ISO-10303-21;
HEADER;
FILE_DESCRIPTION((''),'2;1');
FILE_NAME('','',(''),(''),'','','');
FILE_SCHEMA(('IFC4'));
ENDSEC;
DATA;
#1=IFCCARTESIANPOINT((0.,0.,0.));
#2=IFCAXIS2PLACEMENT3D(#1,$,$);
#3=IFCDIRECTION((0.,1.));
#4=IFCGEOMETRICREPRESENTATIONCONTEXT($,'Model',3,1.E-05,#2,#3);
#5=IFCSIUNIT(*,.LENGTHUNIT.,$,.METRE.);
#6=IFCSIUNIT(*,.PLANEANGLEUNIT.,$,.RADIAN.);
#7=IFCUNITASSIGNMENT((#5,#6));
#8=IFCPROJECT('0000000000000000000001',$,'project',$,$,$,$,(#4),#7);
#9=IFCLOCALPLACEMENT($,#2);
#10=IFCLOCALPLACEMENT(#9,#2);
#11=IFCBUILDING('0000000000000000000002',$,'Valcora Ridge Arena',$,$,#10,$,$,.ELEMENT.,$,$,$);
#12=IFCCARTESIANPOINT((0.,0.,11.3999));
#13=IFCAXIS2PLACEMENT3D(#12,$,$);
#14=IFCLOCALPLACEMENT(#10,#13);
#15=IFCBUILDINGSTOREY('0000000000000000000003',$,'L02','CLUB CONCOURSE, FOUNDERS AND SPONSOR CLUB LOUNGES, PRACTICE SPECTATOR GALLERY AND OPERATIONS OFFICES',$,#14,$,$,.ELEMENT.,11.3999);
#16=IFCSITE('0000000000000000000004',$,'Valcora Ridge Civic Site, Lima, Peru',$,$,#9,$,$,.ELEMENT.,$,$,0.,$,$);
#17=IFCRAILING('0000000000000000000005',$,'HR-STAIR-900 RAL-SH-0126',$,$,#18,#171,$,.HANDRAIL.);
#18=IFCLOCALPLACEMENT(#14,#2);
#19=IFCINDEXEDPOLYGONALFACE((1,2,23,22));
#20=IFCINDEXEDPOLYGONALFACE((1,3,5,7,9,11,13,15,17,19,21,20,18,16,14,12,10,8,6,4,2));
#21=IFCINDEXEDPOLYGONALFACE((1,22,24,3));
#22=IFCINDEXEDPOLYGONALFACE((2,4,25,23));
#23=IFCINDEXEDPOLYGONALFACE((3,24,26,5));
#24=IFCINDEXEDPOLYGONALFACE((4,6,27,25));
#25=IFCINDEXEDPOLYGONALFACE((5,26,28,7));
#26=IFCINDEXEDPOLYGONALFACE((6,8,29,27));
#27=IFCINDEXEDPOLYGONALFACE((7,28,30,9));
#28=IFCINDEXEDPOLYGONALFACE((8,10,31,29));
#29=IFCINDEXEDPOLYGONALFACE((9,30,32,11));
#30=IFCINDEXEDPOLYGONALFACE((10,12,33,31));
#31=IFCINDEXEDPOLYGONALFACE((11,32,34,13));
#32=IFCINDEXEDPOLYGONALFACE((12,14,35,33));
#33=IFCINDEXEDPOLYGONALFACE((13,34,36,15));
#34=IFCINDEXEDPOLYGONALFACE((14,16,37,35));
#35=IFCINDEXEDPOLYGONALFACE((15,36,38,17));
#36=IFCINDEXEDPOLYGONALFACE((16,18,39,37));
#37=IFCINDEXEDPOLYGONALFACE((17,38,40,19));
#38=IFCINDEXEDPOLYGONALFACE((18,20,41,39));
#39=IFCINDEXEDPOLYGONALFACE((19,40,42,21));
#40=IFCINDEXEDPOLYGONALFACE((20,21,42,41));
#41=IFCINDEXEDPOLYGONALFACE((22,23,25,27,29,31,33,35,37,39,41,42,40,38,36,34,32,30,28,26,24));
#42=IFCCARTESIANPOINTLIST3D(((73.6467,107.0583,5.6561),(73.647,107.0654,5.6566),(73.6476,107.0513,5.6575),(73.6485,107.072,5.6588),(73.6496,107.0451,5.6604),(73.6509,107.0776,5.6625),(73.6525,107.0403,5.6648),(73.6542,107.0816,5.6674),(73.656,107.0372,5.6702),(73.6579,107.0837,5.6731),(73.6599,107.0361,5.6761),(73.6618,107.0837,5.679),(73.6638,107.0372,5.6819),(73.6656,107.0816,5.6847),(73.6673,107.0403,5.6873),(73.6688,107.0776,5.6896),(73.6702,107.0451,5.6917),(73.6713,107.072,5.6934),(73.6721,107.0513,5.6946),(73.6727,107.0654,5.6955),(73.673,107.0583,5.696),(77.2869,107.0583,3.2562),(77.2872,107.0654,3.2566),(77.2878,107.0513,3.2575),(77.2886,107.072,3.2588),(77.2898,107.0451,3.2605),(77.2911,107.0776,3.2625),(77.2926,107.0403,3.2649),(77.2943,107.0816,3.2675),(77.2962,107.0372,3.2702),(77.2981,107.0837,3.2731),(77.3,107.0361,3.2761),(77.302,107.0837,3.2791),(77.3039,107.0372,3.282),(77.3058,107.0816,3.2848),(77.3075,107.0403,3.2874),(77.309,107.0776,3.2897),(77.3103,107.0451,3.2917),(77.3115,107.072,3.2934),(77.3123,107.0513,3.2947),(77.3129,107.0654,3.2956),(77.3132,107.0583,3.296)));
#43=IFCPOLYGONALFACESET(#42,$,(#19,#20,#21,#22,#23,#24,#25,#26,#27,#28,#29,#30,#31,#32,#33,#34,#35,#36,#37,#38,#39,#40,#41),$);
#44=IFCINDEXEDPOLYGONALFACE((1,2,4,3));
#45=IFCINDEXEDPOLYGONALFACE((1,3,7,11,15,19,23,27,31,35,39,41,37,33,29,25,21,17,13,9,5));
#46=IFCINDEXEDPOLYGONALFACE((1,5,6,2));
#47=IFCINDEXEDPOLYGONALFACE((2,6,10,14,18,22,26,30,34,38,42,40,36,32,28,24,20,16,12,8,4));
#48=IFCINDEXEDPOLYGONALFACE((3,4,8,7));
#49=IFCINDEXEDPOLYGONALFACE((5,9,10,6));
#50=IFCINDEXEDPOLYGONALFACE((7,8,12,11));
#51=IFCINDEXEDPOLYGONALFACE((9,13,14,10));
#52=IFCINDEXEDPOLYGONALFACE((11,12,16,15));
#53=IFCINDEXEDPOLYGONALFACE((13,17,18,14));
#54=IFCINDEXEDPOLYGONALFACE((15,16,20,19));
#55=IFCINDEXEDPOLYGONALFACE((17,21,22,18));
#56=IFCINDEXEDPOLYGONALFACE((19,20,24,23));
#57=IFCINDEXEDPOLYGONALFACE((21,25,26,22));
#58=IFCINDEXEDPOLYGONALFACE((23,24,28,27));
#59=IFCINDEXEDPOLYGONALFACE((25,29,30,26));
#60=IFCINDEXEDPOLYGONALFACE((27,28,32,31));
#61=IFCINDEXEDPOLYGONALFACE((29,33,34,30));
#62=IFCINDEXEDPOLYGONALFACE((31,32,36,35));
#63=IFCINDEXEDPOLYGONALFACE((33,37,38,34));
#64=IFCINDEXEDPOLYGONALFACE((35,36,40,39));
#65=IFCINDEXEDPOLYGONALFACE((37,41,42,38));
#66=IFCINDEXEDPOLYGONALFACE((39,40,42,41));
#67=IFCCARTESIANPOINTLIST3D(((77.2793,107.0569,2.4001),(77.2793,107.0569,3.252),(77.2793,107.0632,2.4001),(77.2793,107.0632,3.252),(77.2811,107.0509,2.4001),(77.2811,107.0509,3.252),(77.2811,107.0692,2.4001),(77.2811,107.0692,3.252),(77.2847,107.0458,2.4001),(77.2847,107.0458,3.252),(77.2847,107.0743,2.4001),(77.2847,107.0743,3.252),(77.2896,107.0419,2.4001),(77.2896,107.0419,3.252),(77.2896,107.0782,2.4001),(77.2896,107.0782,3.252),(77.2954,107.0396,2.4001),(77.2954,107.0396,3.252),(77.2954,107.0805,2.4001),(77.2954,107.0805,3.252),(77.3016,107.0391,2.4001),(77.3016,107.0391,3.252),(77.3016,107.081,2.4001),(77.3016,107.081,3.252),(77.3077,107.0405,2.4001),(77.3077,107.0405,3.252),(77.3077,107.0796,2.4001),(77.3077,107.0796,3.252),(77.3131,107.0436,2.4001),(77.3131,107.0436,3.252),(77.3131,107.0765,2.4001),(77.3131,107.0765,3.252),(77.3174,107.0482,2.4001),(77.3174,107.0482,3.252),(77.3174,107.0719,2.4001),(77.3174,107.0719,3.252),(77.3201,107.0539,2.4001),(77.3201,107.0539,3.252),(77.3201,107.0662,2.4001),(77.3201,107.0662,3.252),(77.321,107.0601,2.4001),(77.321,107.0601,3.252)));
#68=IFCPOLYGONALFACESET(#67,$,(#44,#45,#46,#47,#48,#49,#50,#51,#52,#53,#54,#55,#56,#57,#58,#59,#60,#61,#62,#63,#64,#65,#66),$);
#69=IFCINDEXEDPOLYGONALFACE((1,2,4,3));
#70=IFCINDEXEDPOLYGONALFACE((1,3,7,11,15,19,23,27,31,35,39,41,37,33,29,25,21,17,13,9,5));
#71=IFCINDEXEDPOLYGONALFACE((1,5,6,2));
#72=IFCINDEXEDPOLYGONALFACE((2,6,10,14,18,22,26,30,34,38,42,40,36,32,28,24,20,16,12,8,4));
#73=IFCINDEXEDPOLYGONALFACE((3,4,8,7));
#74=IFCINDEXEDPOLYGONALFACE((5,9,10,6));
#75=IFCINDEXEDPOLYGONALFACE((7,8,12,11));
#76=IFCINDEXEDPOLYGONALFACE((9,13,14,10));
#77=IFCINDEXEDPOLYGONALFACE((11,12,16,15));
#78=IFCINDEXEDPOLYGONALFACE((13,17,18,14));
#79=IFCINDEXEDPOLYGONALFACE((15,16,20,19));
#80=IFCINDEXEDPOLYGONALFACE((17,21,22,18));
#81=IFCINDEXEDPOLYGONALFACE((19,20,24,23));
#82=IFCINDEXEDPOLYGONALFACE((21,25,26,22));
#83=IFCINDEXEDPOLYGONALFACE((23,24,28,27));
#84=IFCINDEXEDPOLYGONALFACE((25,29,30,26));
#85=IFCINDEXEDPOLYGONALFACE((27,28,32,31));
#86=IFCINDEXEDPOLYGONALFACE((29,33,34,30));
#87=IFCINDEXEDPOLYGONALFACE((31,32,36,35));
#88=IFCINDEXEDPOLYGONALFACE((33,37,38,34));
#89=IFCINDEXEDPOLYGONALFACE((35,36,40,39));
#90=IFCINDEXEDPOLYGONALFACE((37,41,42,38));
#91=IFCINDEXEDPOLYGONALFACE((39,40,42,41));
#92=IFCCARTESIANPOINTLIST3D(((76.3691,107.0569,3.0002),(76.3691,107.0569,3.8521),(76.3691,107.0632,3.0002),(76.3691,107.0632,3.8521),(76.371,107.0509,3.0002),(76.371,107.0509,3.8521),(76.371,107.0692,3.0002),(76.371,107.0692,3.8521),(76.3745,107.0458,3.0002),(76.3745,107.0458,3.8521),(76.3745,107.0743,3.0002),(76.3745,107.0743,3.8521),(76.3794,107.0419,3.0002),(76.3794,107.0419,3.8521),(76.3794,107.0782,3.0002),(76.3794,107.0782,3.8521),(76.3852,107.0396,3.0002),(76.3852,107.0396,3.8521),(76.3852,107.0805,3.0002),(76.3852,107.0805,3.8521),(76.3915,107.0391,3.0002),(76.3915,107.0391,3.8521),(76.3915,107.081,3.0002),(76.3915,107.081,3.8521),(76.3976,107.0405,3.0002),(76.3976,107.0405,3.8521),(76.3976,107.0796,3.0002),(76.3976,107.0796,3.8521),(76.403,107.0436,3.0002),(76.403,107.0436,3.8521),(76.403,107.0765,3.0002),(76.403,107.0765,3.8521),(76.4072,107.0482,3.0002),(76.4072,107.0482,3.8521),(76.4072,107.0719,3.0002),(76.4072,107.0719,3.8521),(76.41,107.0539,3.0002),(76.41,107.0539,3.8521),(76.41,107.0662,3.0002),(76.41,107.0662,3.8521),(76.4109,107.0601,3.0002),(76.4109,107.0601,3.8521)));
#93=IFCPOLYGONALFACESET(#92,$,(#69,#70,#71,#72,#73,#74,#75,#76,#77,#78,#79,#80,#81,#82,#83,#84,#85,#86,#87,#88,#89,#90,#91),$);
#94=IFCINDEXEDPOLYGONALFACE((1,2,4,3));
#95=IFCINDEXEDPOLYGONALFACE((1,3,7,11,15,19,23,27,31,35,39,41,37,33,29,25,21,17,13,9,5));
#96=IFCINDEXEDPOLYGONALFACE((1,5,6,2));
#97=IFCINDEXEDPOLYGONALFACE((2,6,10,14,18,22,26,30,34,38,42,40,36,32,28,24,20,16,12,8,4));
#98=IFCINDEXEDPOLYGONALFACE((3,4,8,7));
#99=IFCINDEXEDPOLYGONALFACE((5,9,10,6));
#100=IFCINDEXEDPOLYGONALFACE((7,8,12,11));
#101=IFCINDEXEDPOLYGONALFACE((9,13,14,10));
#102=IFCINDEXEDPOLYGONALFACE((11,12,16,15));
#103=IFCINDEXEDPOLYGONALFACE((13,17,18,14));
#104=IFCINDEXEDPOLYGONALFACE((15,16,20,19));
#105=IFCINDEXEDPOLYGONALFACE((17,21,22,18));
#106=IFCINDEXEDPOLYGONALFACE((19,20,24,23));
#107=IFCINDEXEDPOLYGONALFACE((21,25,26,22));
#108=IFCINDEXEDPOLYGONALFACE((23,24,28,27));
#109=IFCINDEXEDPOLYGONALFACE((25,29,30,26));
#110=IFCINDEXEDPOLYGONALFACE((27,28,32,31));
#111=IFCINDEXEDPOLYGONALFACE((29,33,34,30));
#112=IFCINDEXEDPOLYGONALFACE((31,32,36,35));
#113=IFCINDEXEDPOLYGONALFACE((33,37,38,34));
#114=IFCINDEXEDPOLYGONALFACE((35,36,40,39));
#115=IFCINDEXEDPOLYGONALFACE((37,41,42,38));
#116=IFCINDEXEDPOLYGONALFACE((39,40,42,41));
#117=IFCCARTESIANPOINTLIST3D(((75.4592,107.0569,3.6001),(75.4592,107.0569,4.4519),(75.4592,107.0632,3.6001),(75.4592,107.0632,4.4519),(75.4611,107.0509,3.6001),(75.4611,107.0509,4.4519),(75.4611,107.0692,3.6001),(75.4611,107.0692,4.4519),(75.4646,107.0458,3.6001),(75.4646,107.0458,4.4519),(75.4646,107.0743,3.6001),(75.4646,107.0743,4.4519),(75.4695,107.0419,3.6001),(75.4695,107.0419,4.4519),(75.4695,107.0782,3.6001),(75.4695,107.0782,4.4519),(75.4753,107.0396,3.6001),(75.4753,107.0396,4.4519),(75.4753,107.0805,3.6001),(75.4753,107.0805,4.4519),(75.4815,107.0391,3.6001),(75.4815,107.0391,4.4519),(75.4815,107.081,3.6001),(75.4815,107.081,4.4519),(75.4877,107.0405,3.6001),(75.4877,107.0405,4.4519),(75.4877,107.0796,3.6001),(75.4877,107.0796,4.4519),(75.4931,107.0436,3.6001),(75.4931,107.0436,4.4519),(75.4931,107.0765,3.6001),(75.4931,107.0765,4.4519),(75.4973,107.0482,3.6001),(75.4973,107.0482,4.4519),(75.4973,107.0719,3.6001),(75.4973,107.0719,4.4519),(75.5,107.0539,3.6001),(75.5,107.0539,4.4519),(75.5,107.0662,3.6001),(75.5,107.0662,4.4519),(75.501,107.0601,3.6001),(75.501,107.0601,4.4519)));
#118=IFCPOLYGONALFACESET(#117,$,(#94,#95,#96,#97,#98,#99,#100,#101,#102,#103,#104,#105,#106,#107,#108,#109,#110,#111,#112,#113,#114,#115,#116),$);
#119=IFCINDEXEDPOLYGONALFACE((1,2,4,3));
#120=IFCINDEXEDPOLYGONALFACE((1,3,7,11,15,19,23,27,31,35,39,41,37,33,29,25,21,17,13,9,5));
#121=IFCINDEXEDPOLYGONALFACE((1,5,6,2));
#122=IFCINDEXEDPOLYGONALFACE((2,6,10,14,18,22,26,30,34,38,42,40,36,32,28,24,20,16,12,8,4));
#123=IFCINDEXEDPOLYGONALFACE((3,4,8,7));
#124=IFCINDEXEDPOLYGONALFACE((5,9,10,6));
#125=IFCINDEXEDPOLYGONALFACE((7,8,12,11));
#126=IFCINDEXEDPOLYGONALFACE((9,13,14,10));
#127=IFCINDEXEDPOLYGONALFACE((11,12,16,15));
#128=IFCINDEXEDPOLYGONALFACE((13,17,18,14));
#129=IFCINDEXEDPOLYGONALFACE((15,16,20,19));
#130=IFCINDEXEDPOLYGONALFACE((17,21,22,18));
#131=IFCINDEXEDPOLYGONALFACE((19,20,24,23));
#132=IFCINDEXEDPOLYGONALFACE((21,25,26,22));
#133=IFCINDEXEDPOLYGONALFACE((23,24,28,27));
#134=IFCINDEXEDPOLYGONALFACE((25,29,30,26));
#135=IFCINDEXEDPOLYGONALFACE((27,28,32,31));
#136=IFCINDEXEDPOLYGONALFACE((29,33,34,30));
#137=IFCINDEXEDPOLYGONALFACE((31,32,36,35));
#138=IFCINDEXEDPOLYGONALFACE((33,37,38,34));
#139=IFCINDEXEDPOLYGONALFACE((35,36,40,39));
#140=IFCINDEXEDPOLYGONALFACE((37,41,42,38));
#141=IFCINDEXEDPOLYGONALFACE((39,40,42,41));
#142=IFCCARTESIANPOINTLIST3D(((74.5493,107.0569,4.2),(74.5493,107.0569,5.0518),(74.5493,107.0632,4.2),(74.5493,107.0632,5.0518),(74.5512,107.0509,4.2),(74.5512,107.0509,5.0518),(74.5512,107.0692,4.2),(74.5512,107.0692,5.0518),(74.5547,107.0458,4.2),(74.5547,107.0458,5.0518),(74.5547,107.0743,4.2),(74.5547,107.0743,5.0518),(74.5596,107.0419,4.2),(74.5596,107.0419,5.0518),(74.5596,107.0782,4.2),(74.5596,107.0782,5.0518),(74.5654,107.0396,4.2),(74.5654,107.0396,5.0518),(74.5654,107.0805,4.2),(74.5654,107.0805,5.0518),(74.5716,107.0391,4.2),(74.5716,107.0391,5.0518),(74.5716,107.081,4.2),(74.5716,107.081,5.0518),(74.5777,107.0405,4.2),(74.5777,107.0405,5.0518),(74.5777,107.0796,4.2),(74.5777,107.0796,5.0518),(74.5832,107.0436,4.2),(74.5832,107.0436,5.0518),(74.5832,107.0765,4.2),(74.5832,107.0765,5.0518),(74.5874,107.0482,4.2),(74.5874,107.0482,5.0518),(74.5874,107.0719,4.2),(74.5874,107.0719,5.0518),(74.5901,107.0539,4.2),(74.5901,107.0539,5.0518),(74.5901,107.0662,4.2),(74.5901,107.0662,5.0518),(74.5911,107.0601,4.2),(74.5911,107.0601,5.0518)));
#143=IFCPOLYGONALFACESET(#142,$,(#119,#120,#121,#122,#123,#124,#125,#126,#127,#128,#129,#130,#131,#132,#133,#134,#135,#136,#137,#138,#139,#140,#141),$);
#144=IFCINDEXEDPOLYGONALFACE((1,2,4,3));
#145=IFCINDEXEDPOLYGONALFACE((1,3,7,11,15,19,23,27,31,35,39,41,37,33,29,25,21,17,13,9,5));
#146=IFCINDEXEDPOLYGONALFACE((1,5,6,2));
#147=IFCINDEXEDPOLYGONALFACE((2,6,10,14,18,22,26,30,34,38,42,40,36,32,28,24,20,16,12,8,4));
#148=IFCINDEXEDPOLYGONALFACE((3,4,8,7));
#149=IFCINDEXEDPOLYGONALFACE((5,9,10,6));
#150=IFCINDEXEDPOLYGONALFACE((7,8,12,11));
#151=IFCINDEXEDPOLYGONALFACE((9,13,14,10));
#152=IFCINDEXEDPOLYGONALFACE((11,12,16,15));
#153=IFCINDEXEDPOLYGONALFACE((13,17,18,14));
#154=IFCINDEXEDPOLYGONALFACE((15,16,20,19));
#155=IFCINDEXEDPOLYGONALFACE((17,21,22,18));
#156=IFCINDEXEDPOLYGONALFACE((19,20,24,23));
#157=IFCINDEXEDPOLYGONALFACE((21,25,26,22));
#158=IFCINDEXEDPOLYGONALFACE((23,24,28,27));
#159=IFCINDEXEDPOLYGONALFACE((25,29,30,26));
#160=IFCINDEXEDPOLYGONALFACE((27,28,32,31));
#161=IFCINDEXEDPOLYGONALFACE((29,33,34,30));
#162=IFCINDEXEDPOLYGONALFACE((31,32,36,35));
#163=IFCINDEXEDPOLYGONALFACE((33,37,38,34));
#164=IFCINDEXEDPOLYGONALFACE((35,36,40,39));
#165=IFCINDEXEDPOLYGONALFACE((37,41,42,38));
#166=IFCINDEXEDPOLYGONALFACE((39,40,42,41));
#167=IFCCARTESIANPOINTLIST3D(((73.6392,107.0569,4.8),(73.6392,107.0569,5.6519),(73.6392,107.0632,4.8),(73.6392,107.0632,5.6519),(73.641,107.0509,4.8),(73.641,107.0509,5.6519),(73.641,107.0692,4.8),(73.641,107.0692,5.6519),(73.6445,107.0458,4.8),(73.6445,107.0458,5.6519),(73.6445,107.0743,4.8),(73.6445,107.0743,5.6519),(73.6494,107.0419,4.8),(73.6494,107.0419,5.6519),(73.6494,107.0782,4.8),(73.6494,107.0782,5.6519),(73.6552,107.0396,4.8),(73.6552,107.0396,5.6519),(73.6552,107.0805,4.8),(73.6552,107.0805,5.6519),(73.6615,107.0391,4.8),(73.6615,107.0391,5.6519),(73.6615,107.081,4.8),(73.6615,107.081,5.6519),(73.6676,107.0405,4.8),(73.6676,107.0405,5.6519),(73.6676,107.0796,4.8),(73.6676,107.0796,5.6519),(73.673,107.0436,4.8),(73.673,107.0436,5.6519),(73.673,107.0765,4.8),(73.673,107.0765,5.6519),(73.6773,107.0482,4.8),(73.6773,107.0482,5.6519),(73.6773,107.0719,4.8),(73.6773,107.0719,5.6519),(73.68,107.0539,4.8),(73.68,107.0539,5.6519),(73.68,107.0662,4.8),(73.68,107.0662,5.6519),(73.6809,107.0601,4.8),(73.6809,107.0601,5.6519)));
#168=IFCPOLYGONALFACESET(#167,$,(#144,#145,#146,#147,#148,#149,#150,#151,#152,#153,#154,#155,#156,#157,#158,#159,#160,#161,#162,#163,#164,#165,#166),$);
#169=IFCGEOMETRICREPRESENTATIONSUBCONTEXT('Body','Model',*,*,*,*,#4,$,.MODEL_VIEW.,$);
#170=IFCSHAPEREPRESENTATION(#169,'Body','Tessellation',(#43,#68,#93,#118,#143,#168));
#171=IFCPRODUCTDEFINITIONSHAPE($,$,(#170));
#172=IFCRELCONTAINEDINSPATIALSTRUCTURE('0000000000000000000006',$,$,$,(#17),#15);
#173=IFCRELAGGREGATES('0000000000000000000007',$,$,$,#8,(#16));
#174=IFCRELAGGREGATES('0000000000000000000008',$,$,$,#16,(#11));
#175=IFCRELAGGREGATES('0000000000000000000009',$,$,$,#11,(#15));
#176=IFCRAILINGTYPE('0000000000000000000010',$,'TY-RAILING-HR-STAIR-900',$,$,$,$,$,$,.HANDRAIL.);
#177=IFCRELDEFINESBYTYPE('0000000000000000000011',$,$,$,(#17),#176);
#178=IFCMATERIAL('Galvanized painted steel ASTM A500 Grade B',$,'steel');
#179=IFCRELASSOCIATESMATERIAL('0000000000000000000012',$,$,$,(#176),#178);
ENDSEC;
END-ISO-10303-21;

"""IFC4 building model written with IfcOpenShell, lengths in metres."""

from ifc_helpers import new_model, si_unit, direction, frame, origin, origin_2d, place, context, subcontext, project, spatial, circle, extrude, material, type_object, element, save


model = new_model("IFC4")

# Units and contexts
model_context = context("Model", 3, precision=1e-05, world=origin(), true_north=direction((0.0, 1.0)))
body_context = subcontext(model_context, "Body", "Model", "MODEL_VIEW")
ifc_project = project(units=[si_unit("LENGTHUNIT", "METRE"), si_unit("PLANEANGLEUNIT", "RADIAN")], contexts=[model_context])

# Site, building, storey
site_placement = place(None, origin())
site = spatial("IfcSite", under=ifc_project, at=site_placement, Name="Valcora Ridge Civic Site, Lima, Peru", CompositionType="ELEMENT", RefElevation=0.0)
building_placement = place(site_placement, origin())
building = spatial("IfcBuilding", under=site, at=building_placement, Name="Valcora Ridge Arena", CompositionType="ELEMENT")
storey_placement = place(building_placement, frame((0.0, 0.0, 11.3999)))
storey = spatial("IfcBuildingStorey", under=building, at=storey_placement, Name="L02", Description="CLUB CONCOURSE, FOUNDERS AND SPONSOR CLUB LOUNGES, PRACTICE SPECTATOR GALLERY AND OPERATIONS OFFICES", CompositionType="ELEMENT", Elevation=11.3999)

# Railing
ifc_material_1 = material(Name="Galvanized painted steel ASTM A500 Grade B", Category="steel")
railing_type_1 = type_object("IfcRailingType", Name="TY-RAILING-HR-STAIR-900", PredefinedType="HANDRAIL", material=ifc_material_1)
railing_1_placement = place(storey_placement, frame((77.3, 107.0601, 2.4001)))
element("IfcRailing", 1, at=railing_1_placement, inside=storey, type_object=railing_type_1, Name="HR-STAIR-900 RAL-SH-0126", PredefinedType="HANDRAIL", context=body_context, shape_type="SweptSolid", body=[
    extrude(circle(Radius=0.0239, at=origin_2d()), frame((0.0, 0.0, 0.876), z_axis=(-0.834882, 0.0, 0.550429), x_axis=(0.0, -1.0, 0.0)), (0.0, 0.0, 1.0), 4.3601),
    extrude(circle(Radius=0.021, at=origin_2d()), origin(), (0.0, 0.0, 1.0), 0.8518),
    extrude(circle(Radius=0.021, at=origin_2d()), frame((-0.9102, 0.0, 0.6001)), (0.0, 0.0, 1.0), 0.8518),
    extrude(circle(Radius=0.021, at=origin_2d()), frame((-1.8201, 0.0, 1.2)), (0.0, 0.0, 1.0), 0.8518),
    extrude(circle(Radius=0.021, at=origin_2d()), frame((-2.73, 0.0, 1.7998)), (0.0, 0.0, 1.0), 0.8518),
    extrude(circle(Radius=0.021, at=origin_2d()), frame((-3.6401, 0.0, 2.3999)), (0.0, 0.0, 1.0), 0.8518),
])

save(model, "model.ifc")
